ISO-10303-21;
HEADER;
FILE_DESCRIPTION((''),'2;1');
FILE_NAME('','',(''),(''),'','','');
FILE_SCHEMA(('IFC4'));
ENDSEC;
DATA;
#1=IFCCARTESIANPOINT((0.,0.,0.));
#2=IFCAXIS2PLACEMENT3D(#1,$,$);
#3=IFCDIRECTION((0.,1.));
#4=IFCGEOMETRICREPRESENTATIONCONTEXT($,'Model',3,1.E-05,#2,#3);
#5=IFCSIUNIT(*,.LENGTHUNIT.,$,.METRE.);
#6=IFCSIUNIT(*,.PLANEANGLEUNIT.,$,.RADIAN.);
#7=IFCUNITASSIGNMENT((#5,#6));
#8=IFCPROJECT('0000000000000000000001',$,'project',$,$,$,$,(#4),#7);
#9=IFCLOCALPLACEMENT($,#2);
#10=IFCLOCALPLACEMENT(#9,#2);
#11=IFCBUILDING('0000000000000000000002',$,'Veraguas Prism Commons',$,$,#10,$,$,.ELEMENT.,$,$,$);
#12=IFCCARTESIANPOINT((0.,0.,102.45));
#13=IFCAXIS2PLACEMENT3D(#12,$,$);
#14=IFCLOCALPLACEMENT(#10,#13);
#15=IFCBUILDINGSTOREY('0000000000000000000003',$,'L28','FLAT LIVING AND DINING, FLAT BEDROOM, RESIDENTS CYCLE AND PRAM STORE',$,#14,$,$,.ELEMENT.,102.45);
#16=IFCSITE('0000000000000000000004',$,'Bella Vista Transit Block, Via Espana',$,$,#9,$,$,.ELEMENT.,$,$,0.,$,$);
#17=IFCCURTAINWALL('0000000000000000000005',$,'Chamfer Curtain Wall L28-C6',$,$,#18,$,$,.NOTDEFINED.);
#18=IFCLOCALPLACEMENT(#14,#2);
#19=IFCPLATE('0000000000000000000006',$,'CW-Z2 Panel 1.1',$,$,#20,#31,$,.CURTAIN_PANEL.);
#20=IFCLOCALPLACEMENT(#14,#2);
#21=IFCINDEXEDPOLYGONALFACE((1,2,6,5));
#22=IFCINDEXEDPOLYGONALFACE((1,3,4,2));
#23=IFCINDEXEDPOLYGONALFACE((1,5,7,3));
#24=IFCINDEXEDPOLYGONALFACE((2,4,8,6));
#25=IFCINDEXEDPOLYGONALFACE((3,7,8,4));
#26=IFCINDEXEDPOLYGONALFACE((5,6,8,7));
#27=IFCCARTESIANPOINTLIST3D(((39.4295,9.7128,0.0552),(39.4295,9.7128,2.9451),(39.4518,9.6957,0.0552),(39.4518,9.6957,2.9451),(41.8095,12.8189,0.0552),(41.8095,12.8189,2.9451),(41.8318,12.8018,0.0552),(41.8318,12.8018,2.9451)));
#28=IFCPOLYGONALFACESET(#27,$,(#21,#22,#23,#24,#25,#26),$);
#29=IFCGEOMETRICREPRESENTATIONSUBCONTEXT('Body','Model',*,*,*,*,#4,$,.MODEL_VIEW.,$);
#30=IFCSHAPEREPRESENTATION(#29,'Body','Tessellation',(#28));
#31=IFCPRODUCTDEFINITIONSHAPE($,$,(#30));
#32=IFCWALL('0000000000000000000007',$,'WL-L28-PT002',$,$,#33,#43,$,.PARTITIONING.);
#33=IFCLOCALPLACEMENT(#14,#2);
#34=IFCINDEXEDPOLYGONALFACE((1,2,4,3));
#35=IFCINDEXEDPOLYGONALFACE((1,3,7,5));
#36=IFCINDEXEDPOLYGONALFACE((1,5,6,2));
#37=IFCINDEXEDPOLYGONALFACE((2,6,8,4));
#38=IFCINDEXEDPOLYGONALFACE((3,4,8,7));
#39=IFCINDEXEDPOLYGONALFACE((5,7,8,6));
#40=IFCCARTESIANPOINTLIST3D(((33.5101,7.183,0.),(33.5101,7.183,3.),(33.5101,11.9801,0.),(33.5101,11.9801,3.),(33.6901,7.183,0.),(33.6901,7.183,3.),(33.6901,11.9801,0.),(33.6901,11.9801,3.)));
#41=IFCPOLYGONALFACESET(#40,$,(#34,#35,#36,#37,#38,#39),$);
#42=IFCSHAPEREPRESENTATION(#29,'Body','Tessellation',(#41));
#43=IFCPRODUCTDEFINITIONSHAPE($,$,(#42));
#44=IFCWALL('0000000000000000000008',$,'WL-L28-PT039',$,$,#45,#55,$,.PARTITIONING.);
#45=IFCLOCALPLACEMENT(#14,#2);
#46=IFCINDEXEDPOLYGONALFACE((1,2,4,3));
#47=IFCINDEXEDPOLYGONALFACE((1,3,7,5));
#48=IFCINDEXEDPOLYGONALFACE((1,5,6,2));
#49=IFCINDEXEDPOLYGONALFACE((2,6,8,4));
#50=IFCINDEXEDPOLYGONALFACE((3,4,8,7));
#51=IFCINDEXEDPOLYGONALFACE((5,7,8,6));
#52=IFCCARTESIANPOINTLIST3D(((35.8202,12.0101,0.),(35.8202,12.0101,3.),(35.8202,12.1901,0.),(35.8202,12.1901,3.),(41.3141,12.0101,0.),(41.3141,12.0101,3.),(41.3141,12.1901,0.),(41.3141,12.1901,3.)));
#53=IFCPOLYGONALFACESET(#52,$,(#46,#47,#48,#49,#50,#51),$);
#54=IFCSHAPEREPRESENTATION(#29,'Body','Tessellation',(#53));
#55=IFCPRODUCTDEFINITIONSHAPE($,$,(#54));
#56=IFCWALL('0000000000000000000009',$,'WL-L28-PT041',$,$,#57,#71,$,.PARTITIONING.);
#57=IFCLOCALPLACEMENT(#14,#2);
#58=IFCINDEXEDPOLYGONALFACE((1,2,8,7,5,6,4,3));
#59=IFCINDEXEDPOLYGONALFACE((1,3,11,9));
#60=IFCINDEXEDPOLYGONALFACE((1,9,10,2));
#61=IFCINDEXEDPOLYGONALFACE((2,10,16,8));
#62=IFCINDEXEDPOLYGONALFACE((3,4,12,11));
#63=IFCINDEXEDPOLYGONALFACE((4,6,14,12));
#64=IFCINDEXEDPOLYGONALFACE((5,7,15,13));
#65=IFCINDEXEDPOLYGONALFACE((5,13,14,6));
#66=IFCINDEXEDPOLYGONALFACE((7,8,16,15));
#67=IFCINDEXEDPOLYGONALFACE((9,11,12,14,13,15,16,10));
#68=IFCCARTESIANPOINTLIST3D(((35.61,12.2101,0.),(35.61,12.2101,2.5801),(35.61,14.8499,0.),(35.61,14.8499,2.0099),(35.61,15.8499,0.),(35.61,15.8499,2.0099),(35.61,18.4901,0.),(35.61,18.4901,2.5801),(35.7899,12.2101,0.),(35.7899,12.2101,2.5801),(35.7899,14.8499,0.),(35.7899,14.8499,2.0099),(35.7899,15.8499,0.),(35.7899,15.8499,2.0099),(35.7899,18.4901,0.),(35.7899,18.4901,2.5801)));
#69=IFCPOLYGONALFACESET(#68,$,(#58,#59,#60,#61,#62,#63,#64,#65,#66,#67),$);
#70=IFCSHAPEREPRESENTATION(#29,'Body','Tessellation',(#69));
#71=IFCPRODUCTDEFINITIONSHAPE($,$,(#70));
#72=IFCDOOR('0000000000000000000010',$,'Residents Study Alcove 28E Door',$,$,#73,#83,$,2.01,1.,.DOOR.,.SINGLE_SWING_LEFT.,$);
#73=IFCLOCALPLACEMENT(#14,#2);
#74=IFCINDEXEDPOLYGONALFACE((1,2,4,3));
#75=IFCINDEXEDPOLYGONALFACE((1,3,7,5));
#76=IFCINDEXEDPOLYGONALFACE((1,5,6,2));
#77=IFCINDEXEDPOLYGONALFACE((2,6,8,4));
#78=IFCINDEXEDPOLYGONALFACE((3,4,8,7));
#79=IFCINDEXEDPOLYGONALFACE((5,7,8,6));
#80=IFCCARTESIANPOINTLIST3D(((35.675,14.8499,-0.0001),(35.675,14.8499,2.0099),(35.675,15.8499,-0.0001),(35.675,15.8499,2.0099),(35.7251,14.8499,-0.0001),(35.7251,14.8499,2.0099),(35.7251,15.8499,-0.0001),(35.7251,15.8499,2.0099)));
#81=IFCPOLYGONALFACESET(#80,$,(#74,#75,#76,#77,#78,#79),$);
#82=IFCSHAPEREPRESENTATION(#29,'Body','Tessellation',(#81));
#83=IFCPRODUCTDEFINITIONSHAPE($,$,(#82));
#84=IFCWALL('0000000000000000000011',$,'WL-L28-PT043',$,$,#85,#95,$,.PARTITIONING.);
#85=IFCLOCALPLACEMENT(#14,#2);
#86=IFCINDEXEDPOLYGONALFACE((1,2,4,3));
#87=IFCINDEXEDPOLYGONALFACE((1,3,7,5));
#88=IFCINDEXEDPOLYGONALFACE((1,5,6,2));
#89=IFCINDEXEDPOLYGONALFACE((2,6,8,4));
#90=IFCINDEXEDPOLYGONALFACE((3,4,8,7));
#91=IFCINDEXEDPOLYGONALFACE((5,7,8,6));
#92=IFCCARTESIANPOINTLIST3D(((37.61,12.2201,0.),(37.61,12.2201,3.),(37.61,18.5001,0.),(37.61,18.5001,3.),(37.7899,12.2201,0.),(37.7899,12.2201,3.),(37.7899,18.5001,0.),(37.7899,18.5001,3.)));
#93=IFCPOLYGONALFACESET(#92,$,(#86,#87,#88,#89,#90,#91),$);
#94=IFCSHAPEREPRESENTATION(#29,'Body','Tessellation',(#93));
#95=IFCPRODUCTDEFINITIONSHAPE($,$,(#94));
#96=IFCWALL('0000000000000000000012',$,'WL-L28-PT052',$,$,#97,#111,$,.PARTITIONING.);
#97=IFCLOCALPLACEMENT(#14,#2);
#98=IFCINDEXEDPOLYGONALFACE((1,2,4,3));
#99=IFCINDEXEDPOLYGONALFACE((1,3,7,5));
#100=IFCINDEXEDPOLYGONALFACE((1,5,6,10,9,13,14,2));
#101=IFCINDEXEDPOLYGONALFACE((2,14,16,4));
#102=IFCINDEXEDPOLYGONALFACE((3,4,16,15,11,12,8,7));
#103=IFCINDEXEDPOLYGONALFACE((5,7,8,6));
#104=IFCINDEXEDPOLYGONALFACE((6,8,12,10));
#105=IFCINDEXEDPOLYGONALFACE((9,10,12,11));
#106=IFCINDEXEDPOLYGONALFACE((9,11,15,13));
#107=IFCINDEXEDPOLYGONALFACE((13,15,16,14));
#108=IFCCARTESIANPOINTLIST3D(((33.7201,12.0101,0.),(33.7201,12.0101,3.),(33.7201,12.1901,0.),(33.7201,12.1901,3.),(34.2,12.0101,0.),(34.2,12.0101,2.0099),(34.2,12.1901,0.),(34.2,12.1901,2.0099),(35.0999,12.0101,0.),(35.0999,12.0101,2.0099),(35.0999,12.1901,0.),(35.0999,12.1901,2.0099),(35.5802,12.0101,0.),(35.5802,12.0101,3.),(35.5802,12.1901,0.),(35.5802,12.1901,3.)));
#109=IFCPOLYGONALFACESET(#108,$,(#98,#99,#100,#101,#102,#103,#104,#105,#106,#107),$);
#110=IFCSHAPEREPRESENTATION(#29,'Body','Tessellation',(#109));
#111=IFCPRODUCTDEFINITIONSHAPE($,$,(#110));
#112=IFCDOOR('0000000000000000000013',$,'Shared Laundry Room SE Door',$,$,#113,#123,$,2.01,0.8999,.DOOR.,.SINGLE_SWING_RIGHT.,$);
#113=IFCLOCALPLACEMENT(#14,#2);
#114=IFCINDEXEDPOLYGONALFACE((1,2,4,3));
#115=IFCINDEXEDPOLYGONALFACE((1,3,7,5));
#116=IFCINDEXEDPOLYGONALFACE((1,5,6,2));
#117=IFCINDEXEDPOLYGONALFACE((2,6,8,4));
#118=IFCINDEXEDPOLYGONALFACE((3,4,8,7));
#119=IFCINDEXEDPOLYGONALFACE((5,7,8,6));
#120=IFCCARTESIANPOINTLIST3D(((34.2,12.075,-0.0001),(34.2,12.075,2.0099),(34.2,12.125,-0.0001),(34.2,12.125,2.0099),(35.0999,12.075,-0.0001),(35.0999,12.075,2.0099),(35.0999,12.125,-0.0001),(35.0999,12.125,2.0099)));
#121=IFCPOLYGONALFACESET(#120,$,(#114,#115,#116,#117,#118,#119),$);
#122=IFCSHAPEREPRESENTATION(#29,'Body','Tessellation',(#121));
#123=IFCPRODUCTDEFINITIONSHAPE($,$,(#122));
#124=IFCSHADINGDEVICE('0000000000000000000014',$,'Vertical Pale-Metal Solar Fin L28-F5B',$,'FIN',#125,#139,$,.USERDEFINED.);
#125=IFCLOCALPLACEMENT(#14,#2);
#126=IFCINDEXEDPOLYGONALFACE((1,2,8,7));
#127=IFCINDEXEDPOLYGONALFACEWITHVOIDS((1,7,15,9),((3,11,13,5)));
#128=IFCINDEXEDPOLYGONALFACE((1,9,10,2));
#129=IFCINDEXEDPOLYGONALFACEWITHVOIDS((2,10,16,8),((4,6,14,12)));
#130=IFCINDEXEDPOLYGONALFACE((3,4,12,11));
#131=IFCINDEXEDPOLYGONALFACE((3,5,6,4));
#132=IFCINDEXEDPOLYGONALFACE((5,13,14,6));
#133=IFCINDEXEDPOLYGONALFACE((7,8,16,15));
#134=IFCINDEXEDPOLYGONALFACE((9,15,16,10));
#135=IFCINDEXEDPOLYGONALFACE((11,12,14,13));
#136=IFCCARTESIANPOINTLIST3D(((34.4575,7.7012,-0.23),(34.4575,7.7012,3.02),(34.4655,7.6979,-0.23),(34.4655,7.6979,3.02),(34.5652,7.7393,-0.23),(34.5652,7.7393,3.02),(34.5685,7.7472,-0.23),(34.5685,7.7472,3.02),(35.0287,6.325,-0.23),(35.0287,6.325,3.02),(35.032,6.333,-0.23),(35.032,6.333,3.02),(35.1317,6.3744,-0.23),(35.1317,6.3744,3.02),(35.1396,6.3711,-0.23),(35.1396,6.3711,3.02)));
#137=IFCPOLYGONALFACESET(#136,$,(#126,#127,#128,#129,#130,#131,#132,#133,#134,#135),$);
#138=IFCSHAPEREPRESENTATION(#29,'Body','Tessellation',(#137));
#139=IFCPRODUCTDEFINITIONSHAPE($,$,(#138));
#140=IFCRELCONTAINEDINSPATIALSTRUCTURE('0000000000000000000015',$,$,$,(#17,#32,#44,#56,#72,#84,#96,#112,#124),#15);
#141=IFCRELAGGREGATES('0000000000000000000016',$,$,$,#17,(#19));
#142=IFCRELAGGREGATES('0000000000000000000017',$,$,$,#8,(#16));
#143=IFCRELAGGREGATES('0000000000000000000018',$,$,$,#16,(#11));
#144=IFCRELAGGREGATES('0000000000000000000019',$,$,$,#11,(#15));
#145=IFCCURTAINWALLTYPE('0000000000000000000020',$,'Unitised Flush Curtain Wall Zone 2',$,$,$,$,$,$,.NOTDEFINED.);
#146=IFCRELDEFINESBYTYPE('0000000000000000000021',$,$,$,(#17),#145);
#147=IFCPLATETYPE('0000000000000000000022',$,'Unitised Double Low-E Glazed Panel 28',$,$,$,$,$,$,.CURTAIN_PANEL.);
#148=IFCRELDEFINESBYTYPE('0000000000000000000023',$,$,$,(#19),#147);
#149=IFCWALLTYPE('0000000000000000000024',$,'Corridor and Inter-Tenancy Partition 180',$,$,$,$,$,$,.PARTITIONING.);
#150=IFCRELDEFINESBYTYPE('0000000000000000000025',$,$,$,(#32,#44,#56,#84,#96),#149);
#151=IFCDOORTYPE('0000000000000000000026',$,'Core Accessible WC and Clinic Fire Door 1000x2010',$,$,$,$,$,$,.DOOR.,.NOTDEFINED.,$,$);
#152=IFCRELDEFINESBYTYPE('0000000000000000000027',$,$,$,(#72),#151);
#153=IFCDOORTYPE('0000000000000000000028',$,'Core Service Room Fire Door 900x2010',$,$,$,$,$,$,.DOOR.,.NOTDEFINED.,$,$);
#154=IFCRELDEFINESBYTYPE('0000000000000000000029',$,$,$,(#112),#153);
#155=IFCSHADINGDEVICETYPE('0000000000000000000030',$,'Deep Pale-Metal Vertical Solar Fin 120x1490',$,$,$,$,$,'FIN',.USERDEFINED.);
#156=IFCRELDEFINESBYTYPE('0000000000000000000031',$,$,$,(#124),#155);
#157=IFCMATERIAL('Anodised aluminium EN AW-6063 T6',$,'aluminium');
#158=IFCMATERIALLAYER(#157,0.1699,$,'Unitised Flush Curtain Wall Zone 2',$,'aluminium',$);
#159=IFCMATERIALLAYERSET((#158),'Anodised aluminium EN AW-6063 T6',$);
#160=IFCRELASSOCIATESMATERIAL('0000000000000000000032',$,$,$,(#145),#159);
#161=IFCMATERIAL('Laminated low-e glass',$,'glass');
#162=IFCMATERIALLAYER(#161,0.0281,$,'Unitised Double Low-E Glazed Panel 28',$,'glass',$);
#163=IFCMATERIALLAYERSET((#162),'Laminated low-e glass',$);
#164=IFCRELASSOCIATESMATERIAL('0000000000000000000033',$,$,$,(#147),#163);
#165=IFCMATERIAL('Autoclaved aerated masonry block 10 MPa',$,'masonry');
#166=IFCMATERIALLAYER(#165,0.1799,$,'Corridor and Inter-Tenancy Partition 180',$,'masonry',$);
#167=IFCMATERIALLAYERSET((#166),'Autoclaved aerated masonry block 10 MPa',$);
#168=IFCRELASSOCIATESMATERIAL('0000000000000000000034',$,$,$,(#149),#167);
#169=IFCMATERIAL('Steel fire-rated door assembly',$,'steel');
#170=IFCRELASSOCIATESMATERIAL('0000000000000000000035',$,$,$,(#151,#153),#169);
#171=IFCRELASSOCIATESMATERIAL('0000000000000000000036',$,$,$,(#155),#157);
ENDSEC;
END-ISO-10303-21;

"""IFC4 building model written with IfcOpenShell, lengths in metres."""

from ifc_helpers import new_model, si_unit, direction, frame, frame_2d, origin, origin_2d, place, context, subcontext, project, spatial, rectangle, hollow_rectangle, extrude, source, transform, mapped, material, layer, layer_set, material_profile, profile_set, type_object, element, fill, aggregate, save


model = new_model("IFC4")

# Units and contexts
model_context = context("Model", 3, precision=1e-05, world=origin(), true_north=direction((0.0, 1.0)))
body_context = subcontext(model_context, "Body", "Model", "MODEL_VIEW")
ifc_project = project(units=[si_unit("LENGTHUNIT", "METRE"), si_unit("PLANEANGLEUNIT", "RADIAN")], contexts=[model_context])

# Site, building, storey
site_placement = place(None, origin())
site = spatial("IfcSite", under=ifc_project, at=site_placement, Name="Bella Vista Transit Block, Via Espana", CompositionType="ELEMENT", RefElevation=0.0)
building_placement = place(site_placement, origin())
building = spatial("IfcBuilding", under=site, at=building_placement, Name="Veraguas Prism Commons", CompositionType="ELEMENT")
storey_placement = place(building_placement, frame((0.0, 0.0, 102.45)))
storey = spatial("IfcBuildingStorey", under=building, at=storey_placement, Name="L28", Description="FLAT LIVING AND DINING, FLAT BEDROOM, RESIDENTS CYCLE AND PRAM STORE", CompositionType="ELEMENT", Elevation=102.45)

# Shared definitions
ifc_material_1 = material(Name="Anodised aluminium EN AW-6063 T6", Category="aluminium")
ifc_layer_1 = layer(ifc_material_1, 0.1699, Name="Unitised Flush Curtain Wall Zone 2", Category="aluminium")
ifc_layer_set_1 = layer_set([ifc_layer_1], Name="Anodised aluminium EN AW-6063 T6")
curtain_wall_type = type_object("IfcCurtainWallType", Name="Unitised Flush Curtain Wall Zone 2", PredefinedType="NOTDEFINED", material=ifc_layer_set_1)

# Curtain wall
curtain_wall_1_placement = place(storey_placement, origin())
curtain_wall_1 = element("IfcCurtainWall", 1, at=curtain_wall_1_placement, inside=storey, type_object=curtain_wall_type, Name="Chamfer Curtain Wall L28-C6", PredefinedType="NOTDEFINED")

# Plate
ifc_material_2 = material(Name="Laminated low-e glass", Category="glass")
ifc_layer_2 = layer(ifc_material_2, 0.0281, Name="Unitised Double Low-E Glazed Panel 28", Category="glass")
ifc_layer_set_2 = layer_set([ifc_layer_2], Name="Laminated low-e glass")
plate_type = type_object("IfcPlateType", Name="Unitised Double Low-E Glazed Panel 28", PredefinedType="CURTAIN_PANEL", material=ifc_layer_set_2)
shared_shape_1 = source(origin(), body_context, "Body", "SweptSolid", [
    extrude(rectangle(XDim=3.9131, YDim=0.0281, at=origin_2d()), origin(), (0.0, 0.0, 1.0), 2.8899),
])
plate_1_placement = place(storey_placement, frame((40.6306, 11.2573, 0.0552), z_axis=(0.0, 0.0, 1.0), x_axis=(0.608212, 0.793775, 0.0)))
plate_1 = element("IfcPlate", 2, at=plate_1_placement, type_object=plate_type, Name="CW-Z2 Panel 1.1", PredefinedType="CURTAIN_PANEL", context=body_context, shape_type="MappedRepresentation", body=[
    mapped(shared_shape_1, transform((0.0, 0.0, 0.0), scale=1.0)),
])
aggregate(curtain_wall_1, [plate_1])

# Walls
ifc_material_3 = material(Name="Autoclaved aerated masonry block 10 MPa", Category="masonry")
ifc_layer_3 = layer(ifc_material_3, 0.1799, Name="Corridor and Inter-Tenancy Partition 180", Category="masonry")
ifc_layer_set_3 = layer_set([ifc_layer_3], Name="Autoclaved aerated masonry block 10 MPa")
wall_type = type_object("IfcWallType", Name="Corridor and Inter-Tenancy Partition 180", PredefinedType="PARTITIONING", material=ifc_layer_set_3)
wall_1_placement = place(storey_placement, frame((33.6001, 11.98, 0.0), z_axis=(0.0, 0.0, 1.0), x_axis=(0.0, -1.0, 0.0)))
element("IfcWall", 3, at=wall_1_placement, inside=storey, type_object=wall_type, Name="WL-L28-PT002", PredefinedType="PARTITIONING", context=body_context, shape_type="SweptSolid", body=[
    extrude(rectangle(XDim=4.7971, YDim=0.1799, at=frame_2d((2.3984, 0.0))), origin(), (0.0, 0.0, 1.0), 3.0),
])
wall_2_placement = place(storey_placement, frame((35.8201, 12.1001, 0.0), z_axis=(0.0, 0.0, 1.0), x_axis=(1.0, 0.0, 0.0)))
element("IfcWall", 4, at=wall_2_placement, inside=storey, type_object=wall_type, Name="WL-L28-PT039", PredefinedType="PARTITIONING", context=body_context, shape_type="SweptSolid", body=[
    extrude(rectangle(XDim=5.4939, YDim=0.1799, at=frame_2d((2.7471, 0.0))), origin(), (0.0, 0.0, 1.0), 3.0),
])

# Wall, opening, door
wall_3_placement = place(storey_placement, frame((35.7, 12.21, 0.0), z_axis=(0.0, 0.0, 1.0), x_axis=(0.0, 1.0, 0.0)))
wall_3 = element("IfcWall", 5, at=wall_3_placement, inside=storey, type_object=wall_type, Name="WL-L28-PT041", PredefinedType="PARTITIONING", context=body_context, shape_type="SweptSolid", body=[
    extrude(rectangle(XDim=6.28, YDim=0.1799, at=frame_2d((3.1401, 0.0))), origin(), (0.0, 0.0, 1.0), 2.5801),
])
opening_1_placement = place(wall_3_placement, frame((2.6399, 0.0, 0.0)))
opening_1 = element("IfcOpeningElement", 6, at=opening_1_placement, cuts=wall_3, PredefinedType="OPENING", context=body_context, shape_type="SweptSolid", body=[
    extrude(rectangle(XDim=1.0, YDim=2.01, at=frame_2d((0.5, 1.0049))), frame((0.0, 0.0999, 0.0), z_axis=(0.0, -1.0, 0.0), x_axis=(1.0, 0.0, 0.0)), (0.0, 0.0, 1.0), 0.2),
])
ifc_material_4 = material(Name="Steel fire-rated door assembly", Category="steel")
door_type_1 = type_object("IfcDoorType", Name="Core Accessible WC and Clinic Fire Door 1000x2010", OperationType="NOTDEFINED", PredefinedType="DOOR", material=ifc_material_4)
shared_shape_2 = source(origin(), body_context, "Body", "SweptSolid", [
    extrude(rectangle(XDim=1.0, YDim=2.01, at=frame_2d((0.5, 1.0049))), frame((0.0, 0.0249, 0.0), z_axis=(0.0, -1.0, 0.0), x_axis=(1.0, 0.0, 0.0)), (0.0, 0.0, 1.0), 0.05),
])
door_1_placement = place(opening_1_placement, origin())
door_1 = element("IfcDoor", 7, at=door_1_placement, inside=storey, type_object=door_type_1, Name="Residents Study Alcove 28E Door", OperationType="SINGLE_SWING_LEFT", OverallHeight=2.01, OverallWidth=1.0, PredefinedType="DOOR", context=body_context, shape_type="MappedRepresentation", body=[
    mapped(shared_shape_2, transform((0.0, 0.0, 0.0), scale=1.0)),
])
fill(opening_1, door_1)

# Wall
wall_4_placement = place(storey_placement, frame((37.7, 12.22, 0.0), z_axis=(0.0, 0.0, 1.0), x_axis=(0.0, 1.0, 0.0)))
element("IfcWall", 8, at=wall_4_placement, inside=storey, type_object=wall_type, Name="WL-L28-PT043", PredefinedType="PARTITIONING", context=body_context, shape_type="SweptSolid", body=[
    extrude(rectangle(XDim=6.28, YDim=0.1799, at=frame_2d((3.1401, 0.0))), origin(), (0.0, 0.0, 1.0), 3.0),
])

# Wall, opening, door
wall_5_placement = place(storey_placement, frame((33.72, 12.1001, 0.0), z_axis=(0.0, 0.0, 1.0), x_axis=(1.0, 0.0, 0.0)))
wall_5 = element("IfcWall", 9, at=wall_5_placement, inside=storey, type_object=wall_type, Name="WL-L28-PT052", PredefinedType="PARTITIONING", context=body_context, shape_type="SweptSolid", body=[
    extrude(rectangle(XDim=1.8601, YDim=0.1799, at=frame_2d((0.9302, 0.0))), origin(), (0.0, 0.0, 1.0), 3.0),
])
opening_2_placement = place(wall_5_placement, frame((0.48, 0.0, 0.0)))
opening_2 = element("IfcOpeningElement", 10, at=opening_2_placement, cuts=wall_5, PredefinedType="OPENING", context=body_context, shape_type="SweptSolid", body=[
    extrude(rectangle(XDim=0.8999, YDim=2.01, at=frame_2d((0.45, 1.0049))), frame((0.0, 0.0999, 0.0), z_axis=(0.0, -1.0, 0.0), x_axis=(1.0, 0.0, 0.0)), (0.0, 0.0, 1.0), 0.2),
])
door_type_2 = type_object("IfcDoorType", Name="Core Service Room Fire Door 900x2010", OperationType="NOTDEFINED", PredefinedType="DOOR", material=ifc_material_4)
shared_shape_3 = source(origin(), body_context, "Body", "SweptSolid", [
    extrude(rectangle(XDim=0.8999, YDim=2.01, at=frame_2d((0.45, 1.0049))), frame((0.0, 0.0249, 0.0), z_axis=(0.0, -1.0, 0.0), x_axis=(1.0, 0.0, 0.0)), (0.0, 0.0, 1.0), 0.05),
])
door_2_placement = place(opening_2_placement, origin())
door_2 = element("IfcDoor", 11, at=door_2_placement, inside=storey, type_object=door_type_2, Name="Shared Laundry Room SE Door", OperationType="SINGLE_SWING_RIGHT", OverallHeight=2.01, OverallWidth=0.8999, PredefinedType="DOOR", context=body_context, shape_type="MappedRepresentation", body=[
    mapped(shared_shape_3, transform((0.0, 0.0, 0.0), scale=1.0)),
])
fill(opening_2, door_2)

# Shading device
ifc_material_profile_1 = material_profile(ifc_material_1, hollow_rectangle(XDim=0.1201, YDim=1.49, WallThickness=0.0061, at=origin_2d()), Name="FIN120X1490X6")
ifc_profile_set_1 = profile_set([ifc_material_profile_1], Name="Anodised aluminium EN AW-6063 T6")
shading_device_type = type_object("IfcShadingDeviceType", Name="Deep Pale-Metal Vertical Solar Fin 120x1490", ElementType="FIN", PredefinedType="USERDEFINED", material=ifc_profile_set_1)
shading_device_placement = place(storey_placement, frame((34.7986, 7.0361, -0.23), z_axis=(0.0, 0.0, 1.0), x_axis=(0.923611, 0.383332, 0.0)))
element("IfcShadingDevice", 12, at=shading_device_placement, inside=storey, type_object=shading_device_type, Name="Vertical Pale-Metal Solar Fin L28-F5B", ObjectType="FIN", PredefinedType="USERDEFINED", context=body_context, shape_type="SweptSolid", body=[
    extrude(hollow_rectangle(XDim=0.1201, YDim=1.49, WallThickness=0.0061, at=origin_2d()), origin(), (0.0, 0.0, 1.0), 3.25),
])

save(model, "model.ifc")
